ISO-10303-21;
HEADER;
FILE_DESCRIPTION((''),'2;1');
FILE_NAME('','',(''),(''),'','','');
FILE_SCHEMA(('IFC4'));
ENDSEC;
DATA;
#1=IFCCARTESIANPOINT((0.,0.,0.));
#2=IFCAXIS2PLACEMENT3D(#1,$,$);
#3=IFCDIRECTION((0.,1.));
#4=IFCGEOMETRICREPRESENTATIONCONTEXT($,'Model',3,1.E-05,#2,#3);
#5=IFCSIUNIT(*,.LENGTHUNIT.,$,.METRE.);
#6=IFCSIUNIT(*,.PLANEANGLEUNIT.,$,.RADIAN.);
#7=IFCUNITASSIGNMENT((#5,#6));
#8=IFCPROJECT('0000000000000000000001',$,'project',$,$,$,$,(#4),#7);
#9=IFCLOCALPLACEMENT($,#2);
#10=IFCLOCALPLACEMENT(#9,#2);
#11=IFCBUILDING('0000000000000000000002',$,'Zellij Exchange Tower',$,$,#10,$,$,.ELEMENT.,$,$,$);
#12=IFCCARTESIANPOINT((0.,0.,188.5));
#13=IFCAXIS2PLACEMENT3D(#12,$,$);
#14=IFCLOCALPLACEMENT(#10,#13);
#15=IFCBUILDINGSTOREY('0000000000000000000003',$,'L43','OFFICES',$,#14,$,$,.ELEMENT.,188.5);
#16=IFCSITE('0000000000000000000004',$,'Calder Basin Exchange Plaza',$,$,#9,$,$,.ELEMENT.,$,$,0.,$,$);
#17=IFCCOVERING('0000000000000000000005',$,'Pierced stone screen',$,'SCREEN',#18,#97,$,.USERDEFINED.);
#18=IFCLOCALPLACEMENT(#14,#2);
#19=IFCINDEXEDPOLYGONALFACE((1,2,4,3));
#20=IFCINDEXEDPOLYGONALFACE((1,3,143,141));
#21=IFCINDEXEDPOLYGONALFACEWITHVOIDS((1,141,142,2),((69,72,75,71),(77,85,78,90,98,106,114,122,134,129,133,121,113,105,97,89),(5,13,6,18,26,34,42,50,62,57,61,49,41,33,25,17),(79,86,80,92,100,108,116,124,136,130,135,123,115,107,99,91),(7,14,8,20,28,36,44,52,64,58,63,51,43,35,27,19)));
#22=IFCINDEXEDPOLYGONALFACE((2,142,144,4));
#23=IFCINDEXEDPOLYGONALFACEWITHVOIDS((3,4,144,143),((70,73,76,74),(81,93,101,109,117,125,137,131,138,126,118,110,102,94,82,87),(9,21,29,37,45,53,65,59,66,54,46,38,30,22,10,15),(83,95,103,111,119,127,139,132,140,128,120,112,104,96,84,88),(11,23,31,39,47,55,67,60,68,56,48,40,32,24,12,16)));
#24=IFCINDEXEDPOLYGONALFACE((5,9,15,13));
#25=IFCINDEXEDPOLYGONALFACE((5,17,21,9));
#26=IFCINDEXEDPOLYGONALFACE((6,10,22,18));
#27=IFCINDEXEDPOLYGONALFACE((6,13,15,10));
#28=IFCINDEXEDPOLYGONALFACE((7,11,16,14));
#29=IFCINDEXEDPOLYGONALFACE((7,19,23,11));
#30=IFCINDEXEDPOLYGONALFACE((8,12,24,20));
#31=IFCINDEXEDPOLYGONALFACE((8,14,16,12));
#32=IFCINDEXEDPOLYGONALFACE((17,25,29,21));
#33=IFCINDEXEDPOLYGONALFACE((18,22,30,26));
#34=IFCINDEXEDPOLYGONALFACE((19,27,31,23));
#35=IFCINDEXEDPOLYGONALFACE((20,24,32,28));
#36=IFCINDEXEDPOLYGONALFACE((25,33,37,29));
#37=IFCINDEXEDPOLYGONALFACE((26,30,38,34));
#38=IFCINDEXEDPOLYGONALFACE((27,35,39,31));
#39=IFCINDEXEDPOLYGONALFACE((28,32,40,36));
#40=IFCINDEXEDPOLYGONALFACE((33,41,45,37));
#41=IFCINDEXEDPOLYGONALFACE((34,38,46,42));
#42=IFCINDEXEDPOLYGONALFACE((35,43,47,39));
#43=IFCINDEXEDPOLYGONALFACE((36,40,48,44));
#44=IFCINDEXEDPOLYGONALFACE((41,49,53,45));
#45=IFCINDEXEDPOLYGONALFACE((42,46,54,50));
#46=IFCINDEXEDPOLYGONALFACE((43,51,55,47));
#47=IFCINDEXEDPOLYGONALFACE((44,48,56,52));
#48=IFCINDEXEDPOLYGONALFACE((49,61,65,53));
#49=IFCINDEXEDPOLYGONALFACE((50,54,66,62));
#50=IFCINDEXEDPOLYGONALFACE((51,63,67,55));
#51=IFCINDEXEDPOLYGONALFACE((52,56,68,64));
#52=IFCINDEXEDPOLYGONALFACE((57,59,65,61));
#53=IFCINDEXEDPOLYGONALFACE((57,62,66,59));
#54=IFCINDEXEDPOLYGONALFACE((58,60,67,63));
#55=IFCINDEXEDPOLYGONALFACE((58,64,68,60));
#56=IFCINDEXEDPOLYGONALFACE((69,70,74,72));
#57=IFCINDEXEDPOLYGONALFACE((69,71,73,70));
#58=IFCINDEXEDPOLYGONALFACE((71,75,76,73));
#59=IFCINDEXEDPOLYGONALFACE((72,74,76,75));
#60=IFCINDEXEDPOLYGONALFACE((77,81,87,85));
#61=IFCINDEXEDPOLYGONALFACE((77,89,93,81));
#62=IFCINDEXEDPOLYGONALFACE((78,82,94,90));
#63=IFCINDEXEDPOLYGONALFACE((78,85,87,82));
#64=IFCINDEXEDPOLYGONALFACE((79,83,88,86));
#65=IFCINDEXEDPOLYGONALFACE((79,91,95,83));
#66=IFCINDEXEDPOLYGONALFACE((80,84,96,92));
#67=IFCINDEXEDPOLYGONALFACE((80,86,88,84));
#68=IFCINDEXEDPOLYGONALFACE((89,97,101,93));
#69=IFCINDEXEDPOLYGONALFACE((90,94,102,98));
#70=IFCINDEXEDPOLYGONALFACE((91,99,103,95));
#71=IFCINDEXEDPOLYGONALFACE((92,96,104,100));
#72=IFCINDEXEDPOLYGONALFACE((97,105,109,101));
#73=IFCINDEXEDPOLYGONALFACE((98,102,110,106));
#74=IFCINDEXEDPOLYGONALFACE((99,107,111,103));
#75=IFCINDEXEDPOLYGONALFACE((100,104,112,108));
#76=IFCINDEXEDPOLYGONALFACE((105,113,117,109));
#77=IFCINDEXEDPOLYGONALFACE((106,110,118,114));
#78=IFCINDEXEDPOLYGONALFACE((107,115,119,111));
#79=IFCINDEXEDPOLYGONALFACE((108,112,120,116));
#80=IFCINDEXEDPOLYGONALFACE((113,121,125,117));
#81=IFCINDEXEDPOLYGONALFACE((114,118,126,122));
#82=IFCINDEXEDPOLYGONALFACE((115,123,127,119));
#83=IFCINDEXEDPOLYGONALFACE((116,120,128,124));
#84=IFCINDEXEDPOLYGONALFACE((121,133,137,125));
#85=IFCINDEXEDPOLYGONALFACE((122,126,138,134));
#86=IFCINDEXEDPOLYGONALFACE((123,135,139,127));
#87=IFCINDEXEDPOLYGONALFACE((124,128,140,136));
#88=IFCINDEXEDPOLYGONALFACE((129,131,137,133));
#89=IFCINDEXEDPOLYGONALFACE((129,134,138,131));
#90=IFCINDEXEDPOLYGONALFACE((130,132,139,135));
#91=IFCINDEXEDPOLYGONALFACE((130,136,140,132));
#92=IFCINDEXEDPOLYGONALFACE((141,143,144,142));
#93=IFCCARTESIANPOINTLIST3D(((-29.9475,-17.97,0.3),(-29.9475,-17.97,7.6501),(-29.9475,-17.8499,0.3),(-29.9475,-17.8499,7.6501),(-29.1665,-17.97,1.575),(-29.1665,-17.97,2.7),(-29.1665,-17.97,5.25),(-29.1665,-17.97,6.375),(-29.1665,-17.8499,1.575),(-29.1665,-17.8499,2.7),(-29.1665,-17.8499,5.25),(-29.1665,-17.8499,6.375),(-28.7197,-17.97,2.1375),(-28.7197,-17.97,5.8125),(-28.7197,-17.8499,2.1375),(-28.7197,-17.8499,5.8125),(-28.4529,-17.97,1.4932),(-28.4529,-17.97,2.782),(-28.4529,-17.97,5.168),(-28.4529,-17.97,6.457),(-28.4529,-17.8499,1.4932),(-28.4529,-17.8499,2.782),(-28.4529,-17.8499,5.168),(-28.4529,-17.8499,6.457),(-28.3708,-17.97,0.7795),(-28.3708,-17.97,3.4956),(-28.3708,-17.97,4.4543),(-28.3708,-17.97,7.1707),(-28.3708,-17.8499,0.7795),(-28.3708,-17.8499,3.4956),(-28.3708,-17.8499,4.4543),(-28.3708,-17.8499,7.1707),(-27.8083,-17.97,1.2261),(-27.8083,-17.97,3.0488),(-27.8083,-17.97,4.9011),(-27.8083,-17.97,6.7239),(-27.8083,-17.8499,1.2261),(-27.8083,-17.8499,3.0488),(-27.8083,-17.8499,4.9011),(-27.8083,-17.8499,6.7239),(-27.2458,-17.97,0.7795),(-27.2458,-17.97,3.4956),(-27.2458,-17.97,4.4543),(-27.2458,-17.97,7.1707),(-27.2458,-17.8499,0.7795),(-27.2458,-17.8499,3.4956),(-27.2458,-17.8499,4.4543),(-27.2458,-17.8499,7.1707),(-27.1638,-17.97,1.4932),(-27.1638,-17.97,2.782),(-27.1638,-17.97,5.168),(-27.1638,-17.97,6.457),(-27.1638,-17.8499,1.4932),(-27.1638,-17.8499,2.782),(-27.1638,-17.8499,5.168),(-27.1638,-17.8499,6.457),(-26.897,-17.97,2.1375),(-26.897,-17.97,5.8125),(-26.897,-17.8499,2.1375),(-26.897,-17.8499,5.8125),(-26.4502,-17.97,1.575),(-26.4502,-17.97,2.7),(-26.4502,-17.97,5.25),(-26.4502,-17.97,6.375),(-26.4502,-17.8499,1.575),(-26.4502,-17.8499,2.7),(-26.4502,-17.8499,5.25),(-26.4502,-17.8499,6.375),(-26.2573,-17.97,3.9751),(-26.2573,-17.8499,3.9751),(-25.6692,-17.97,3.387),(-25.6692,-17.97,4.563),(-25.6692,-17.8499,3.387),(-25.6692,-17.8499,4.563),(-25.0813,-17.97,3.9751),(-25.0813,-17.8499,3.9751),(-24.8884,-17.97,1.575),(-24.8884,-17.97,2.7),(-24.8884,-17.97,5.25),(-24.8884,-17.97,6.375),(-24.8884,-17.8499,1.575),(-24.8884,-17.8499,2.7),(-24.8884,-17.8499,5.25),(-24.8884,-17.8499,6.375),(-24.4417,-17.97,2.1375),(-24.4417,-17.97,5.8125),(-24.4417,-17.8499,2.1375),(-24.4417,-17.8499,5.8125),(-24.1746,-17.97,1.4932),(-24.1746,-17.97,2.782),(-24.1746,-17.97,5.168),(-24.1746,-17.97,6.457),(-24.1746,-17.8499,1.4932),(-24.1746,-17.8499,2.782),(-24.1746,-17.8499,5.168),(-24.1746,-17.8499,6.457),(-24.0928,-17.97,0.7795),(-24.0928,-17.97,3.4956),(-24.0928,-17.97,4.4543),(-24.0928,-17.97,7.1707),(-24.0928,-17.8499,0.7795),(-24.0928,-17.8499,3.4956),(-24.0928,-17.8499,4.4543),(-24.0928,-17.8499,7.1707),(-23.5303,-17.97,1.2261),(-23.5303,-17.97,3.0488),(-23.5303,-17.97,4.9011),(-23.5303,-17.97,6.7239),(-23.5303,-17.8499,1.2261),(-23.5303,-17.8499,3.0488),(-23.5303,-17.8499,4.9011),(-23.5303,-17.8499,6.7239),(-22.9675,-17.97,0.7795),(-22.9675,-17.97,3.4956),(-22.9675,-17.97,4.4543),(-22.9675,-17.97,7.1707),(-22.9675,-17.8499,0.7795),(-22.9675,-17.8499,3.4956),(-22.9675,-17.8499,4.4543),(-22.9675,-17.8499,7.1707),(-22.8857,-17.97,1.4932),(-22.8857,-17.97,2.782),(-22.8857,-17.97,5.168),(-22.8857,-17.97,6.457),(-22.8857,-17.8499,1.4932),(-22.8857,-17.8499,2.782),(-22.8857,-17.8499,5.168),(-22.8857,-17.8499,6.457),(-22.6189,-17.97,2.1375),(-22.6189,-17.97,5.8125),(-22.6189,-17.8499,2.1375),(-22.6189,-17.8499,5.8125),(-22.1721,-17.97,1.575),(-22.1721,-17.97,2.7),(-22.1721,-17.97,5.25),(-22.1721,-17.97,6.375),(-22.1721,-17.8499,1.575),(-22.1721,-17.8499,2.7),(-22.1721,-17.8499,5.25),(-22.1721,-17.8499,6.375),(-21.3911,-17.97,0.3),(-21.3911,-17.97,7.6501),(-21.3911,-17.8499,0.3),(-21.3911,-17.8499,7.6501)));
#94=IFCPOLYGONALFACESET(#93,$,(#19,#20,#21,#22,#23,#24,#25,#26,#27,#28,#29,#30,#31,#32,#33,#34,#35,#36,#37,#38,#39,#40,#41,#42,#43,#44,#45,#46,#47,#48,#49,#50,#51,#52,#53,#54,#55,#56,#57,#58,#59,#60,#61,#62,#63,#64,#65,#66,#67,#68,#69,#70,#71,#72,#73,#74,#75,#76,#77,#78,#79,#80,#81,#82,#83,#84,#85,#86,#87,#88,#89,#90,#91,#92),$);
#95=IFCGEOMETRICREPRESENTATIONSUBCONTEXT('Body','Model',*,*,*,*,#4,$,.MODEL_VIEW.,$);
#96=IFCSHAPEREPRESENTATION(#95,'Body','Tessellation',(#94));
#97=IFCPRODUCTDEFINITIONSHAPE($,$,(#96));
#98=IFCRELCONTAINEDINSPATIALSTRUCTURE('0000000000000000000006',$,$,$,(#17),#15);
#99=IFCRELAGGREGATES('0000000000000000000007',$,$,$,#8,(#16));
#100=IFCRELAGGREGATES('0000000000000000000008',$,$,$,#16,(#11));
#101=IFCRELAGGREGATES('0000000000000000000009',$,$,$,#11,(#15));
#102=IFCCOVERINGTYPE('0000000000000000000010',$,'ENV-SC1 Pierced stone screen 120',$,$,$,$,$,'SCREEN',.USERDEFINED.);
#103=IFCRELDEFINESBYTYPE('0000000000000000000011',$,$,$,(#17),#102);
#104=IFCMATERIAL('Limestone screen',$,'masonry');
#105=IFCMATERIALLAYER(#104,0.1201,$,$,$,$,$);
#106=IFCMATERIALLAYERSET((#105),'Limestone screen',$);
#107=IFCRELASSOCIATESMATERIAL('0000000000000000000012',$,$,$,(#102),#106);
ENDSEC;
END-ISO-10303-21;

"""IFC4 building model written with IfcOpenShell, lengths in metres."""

from ifc_helpers import new_model, si_unit, direction, frame, origin, place, context, subcontext, project, spatial, polyline, outline, extrude, material, layer, layer_set, type_object, element, save


model = new_model("IFC4")

# Units and contexts
model_context = context("Model", 3, precision=1e-05, world=origin(), true_north=direction((0.0, 1.0)))
body_context = subcontext(model_context, "Body", "Model", "MODEL_VIEW")
ifc_project = project(units=[si_unit("LENGTHUNIT", "METRE"), si_unit("PLANEANGLEUNIT", "RADIAN")], contexts=[model_context])

# Site, building, storey
site_placement = place(None, origin())
site = spatial("IfcSite", under=ifc_project, at=site_placement, Name="Calder Basin Exchange Plaza", CompositionType="ELEMENT", RefElevation=0.0)
building_placement = place(site_placement, origin())
building = spatial("IfcBuilding", under=site, at=building_placement, Name="Zellij Exchange Tower", CompositionType="ELEMENT")
storey_placement = place(building_placement, frame((0.0, 0.0, 188.5)))
storey = spatial("IfcBuildingStorey", under=building, at=storey_placement, Name="L43", Description="OFFICES", CompositionType="ELEMENT", Elevation=188.5)

# Covering
ifc_material_1 = material(Name="Limestone screen", Category="masonry")
ifc_layer_1 = layer(ifc_material_1, 0.1201)
ifc_layer_set_1 = layer_set([ifc_layer_1], Name="Limestone screen")
covering_type = type_object("IfcCoveringType", Name="ENV-SC1 Pierced stone screen 120", ElementType="SCREEN", PredefinedType="USERDEFINED", material=ifc_layer_set_1)
covering_placement = place(storey_placement, frame((-29.9475, -17.9099, 0.3), z_axis=(0.0, 0.0, 1.0), x_axis=(1.0, 0.0, 0.0)))
element("IfcCovering", 1, at=covering_placement, inside=storey, type_object=covering_type, Name="Pierced stone screen", ObjectType="SCREEN", PredefinedType="USERDEFINED", context=body_context, shape_type="SweptSolid", body=[
    extrude(outline(polyline([(0.0, 0.0), (8.5564, 0.0), (8.5564, 7.3501), (0.0, 7.3501), (0.0, 0.0)]), holes=[polyline([(3.4973, 2.3999), (2.7837, 2.4819), (2.7017, 3.1956), (2.1392, 2.7488), (1.5767, 3.1956), (1.4946, 2.4819), (0.781, 2.3999), (1.2278, 1.8374), (0.781, 1.2749), (1.4946, 1.1931), (1.5767, 0.4795), (2.1392, 0.926), (2.7017, 0.4795), (2.7837, 1.1931), (3.4973, 1.2749), (3.0505, 1.8374), (3.4973, 2.3999)]), polyline([(3.4973, 6.075), (2.7837, 6.157), (2.7017, 6.8706), (2.1392, 6.4238), (1.5767, 6.8706), (1.4946, 6.157), (0.781, 6.075), (1.2278, 5.5125), (0.781, 4.95), (1.4946, 4.8679), (1.5767, 4.1543), (2.1392, 4.6011), (2.7017, 4.1543), (2.7837, 4.8679), (3.4973, 4.95), (3.0505, 5.5125), (3.4973, 6.075)]), polyline([(7.7754, 2.3999), (7.0618, 2.4819), (6.98, 3.1956), (6.4172, 2.7488), (5.8547, 3.1956), (5.7729, 2.4819), (5.0591, 2.3999), (5.5059, 1.8374), (5.0591, 1.2749), (5.7729, 1.1931), (5.8547, 0.4795), (6.4172, 0.926), (6.98, 0.4795), (7.0618, 1.1931), (7.7754, 1.2749), (7.3286, 1.8374), (7.7754, 2.3999)]), polyline([(7.7754, 6.075), (7.0618, 6.157), (6.98, 6.8706), (6.4172, 6.4238), (5.8547, 6.8706), (5.7729, 6.157), (5.0591, 6.075), (5.5059, 5.5125), (5.0591, 4.95), (5.7729, 4.8679), (5.8547, 4.1543), (6.4172, 4.6011), (6.98, 4.1543), (7.0618, 4.8679), (7.7754, 4.95), (7.3286, 5.5125), (7.7754, 6.075)]), polyline([(4.8662, 3.675), (4.2783, 4.2629), (3.6902, 3.675), (4.2783, 3.0869), (4.8662, 3.675)])]), frame((0.0, 0.0601, 0.0), z_axis=(0.0, -1.0, 0.0), x_axis=(1.0, 0.0, 0.0)), (0.0, 0.0, 1.0), 0.1201),
])

save(model, "model.ifc")
